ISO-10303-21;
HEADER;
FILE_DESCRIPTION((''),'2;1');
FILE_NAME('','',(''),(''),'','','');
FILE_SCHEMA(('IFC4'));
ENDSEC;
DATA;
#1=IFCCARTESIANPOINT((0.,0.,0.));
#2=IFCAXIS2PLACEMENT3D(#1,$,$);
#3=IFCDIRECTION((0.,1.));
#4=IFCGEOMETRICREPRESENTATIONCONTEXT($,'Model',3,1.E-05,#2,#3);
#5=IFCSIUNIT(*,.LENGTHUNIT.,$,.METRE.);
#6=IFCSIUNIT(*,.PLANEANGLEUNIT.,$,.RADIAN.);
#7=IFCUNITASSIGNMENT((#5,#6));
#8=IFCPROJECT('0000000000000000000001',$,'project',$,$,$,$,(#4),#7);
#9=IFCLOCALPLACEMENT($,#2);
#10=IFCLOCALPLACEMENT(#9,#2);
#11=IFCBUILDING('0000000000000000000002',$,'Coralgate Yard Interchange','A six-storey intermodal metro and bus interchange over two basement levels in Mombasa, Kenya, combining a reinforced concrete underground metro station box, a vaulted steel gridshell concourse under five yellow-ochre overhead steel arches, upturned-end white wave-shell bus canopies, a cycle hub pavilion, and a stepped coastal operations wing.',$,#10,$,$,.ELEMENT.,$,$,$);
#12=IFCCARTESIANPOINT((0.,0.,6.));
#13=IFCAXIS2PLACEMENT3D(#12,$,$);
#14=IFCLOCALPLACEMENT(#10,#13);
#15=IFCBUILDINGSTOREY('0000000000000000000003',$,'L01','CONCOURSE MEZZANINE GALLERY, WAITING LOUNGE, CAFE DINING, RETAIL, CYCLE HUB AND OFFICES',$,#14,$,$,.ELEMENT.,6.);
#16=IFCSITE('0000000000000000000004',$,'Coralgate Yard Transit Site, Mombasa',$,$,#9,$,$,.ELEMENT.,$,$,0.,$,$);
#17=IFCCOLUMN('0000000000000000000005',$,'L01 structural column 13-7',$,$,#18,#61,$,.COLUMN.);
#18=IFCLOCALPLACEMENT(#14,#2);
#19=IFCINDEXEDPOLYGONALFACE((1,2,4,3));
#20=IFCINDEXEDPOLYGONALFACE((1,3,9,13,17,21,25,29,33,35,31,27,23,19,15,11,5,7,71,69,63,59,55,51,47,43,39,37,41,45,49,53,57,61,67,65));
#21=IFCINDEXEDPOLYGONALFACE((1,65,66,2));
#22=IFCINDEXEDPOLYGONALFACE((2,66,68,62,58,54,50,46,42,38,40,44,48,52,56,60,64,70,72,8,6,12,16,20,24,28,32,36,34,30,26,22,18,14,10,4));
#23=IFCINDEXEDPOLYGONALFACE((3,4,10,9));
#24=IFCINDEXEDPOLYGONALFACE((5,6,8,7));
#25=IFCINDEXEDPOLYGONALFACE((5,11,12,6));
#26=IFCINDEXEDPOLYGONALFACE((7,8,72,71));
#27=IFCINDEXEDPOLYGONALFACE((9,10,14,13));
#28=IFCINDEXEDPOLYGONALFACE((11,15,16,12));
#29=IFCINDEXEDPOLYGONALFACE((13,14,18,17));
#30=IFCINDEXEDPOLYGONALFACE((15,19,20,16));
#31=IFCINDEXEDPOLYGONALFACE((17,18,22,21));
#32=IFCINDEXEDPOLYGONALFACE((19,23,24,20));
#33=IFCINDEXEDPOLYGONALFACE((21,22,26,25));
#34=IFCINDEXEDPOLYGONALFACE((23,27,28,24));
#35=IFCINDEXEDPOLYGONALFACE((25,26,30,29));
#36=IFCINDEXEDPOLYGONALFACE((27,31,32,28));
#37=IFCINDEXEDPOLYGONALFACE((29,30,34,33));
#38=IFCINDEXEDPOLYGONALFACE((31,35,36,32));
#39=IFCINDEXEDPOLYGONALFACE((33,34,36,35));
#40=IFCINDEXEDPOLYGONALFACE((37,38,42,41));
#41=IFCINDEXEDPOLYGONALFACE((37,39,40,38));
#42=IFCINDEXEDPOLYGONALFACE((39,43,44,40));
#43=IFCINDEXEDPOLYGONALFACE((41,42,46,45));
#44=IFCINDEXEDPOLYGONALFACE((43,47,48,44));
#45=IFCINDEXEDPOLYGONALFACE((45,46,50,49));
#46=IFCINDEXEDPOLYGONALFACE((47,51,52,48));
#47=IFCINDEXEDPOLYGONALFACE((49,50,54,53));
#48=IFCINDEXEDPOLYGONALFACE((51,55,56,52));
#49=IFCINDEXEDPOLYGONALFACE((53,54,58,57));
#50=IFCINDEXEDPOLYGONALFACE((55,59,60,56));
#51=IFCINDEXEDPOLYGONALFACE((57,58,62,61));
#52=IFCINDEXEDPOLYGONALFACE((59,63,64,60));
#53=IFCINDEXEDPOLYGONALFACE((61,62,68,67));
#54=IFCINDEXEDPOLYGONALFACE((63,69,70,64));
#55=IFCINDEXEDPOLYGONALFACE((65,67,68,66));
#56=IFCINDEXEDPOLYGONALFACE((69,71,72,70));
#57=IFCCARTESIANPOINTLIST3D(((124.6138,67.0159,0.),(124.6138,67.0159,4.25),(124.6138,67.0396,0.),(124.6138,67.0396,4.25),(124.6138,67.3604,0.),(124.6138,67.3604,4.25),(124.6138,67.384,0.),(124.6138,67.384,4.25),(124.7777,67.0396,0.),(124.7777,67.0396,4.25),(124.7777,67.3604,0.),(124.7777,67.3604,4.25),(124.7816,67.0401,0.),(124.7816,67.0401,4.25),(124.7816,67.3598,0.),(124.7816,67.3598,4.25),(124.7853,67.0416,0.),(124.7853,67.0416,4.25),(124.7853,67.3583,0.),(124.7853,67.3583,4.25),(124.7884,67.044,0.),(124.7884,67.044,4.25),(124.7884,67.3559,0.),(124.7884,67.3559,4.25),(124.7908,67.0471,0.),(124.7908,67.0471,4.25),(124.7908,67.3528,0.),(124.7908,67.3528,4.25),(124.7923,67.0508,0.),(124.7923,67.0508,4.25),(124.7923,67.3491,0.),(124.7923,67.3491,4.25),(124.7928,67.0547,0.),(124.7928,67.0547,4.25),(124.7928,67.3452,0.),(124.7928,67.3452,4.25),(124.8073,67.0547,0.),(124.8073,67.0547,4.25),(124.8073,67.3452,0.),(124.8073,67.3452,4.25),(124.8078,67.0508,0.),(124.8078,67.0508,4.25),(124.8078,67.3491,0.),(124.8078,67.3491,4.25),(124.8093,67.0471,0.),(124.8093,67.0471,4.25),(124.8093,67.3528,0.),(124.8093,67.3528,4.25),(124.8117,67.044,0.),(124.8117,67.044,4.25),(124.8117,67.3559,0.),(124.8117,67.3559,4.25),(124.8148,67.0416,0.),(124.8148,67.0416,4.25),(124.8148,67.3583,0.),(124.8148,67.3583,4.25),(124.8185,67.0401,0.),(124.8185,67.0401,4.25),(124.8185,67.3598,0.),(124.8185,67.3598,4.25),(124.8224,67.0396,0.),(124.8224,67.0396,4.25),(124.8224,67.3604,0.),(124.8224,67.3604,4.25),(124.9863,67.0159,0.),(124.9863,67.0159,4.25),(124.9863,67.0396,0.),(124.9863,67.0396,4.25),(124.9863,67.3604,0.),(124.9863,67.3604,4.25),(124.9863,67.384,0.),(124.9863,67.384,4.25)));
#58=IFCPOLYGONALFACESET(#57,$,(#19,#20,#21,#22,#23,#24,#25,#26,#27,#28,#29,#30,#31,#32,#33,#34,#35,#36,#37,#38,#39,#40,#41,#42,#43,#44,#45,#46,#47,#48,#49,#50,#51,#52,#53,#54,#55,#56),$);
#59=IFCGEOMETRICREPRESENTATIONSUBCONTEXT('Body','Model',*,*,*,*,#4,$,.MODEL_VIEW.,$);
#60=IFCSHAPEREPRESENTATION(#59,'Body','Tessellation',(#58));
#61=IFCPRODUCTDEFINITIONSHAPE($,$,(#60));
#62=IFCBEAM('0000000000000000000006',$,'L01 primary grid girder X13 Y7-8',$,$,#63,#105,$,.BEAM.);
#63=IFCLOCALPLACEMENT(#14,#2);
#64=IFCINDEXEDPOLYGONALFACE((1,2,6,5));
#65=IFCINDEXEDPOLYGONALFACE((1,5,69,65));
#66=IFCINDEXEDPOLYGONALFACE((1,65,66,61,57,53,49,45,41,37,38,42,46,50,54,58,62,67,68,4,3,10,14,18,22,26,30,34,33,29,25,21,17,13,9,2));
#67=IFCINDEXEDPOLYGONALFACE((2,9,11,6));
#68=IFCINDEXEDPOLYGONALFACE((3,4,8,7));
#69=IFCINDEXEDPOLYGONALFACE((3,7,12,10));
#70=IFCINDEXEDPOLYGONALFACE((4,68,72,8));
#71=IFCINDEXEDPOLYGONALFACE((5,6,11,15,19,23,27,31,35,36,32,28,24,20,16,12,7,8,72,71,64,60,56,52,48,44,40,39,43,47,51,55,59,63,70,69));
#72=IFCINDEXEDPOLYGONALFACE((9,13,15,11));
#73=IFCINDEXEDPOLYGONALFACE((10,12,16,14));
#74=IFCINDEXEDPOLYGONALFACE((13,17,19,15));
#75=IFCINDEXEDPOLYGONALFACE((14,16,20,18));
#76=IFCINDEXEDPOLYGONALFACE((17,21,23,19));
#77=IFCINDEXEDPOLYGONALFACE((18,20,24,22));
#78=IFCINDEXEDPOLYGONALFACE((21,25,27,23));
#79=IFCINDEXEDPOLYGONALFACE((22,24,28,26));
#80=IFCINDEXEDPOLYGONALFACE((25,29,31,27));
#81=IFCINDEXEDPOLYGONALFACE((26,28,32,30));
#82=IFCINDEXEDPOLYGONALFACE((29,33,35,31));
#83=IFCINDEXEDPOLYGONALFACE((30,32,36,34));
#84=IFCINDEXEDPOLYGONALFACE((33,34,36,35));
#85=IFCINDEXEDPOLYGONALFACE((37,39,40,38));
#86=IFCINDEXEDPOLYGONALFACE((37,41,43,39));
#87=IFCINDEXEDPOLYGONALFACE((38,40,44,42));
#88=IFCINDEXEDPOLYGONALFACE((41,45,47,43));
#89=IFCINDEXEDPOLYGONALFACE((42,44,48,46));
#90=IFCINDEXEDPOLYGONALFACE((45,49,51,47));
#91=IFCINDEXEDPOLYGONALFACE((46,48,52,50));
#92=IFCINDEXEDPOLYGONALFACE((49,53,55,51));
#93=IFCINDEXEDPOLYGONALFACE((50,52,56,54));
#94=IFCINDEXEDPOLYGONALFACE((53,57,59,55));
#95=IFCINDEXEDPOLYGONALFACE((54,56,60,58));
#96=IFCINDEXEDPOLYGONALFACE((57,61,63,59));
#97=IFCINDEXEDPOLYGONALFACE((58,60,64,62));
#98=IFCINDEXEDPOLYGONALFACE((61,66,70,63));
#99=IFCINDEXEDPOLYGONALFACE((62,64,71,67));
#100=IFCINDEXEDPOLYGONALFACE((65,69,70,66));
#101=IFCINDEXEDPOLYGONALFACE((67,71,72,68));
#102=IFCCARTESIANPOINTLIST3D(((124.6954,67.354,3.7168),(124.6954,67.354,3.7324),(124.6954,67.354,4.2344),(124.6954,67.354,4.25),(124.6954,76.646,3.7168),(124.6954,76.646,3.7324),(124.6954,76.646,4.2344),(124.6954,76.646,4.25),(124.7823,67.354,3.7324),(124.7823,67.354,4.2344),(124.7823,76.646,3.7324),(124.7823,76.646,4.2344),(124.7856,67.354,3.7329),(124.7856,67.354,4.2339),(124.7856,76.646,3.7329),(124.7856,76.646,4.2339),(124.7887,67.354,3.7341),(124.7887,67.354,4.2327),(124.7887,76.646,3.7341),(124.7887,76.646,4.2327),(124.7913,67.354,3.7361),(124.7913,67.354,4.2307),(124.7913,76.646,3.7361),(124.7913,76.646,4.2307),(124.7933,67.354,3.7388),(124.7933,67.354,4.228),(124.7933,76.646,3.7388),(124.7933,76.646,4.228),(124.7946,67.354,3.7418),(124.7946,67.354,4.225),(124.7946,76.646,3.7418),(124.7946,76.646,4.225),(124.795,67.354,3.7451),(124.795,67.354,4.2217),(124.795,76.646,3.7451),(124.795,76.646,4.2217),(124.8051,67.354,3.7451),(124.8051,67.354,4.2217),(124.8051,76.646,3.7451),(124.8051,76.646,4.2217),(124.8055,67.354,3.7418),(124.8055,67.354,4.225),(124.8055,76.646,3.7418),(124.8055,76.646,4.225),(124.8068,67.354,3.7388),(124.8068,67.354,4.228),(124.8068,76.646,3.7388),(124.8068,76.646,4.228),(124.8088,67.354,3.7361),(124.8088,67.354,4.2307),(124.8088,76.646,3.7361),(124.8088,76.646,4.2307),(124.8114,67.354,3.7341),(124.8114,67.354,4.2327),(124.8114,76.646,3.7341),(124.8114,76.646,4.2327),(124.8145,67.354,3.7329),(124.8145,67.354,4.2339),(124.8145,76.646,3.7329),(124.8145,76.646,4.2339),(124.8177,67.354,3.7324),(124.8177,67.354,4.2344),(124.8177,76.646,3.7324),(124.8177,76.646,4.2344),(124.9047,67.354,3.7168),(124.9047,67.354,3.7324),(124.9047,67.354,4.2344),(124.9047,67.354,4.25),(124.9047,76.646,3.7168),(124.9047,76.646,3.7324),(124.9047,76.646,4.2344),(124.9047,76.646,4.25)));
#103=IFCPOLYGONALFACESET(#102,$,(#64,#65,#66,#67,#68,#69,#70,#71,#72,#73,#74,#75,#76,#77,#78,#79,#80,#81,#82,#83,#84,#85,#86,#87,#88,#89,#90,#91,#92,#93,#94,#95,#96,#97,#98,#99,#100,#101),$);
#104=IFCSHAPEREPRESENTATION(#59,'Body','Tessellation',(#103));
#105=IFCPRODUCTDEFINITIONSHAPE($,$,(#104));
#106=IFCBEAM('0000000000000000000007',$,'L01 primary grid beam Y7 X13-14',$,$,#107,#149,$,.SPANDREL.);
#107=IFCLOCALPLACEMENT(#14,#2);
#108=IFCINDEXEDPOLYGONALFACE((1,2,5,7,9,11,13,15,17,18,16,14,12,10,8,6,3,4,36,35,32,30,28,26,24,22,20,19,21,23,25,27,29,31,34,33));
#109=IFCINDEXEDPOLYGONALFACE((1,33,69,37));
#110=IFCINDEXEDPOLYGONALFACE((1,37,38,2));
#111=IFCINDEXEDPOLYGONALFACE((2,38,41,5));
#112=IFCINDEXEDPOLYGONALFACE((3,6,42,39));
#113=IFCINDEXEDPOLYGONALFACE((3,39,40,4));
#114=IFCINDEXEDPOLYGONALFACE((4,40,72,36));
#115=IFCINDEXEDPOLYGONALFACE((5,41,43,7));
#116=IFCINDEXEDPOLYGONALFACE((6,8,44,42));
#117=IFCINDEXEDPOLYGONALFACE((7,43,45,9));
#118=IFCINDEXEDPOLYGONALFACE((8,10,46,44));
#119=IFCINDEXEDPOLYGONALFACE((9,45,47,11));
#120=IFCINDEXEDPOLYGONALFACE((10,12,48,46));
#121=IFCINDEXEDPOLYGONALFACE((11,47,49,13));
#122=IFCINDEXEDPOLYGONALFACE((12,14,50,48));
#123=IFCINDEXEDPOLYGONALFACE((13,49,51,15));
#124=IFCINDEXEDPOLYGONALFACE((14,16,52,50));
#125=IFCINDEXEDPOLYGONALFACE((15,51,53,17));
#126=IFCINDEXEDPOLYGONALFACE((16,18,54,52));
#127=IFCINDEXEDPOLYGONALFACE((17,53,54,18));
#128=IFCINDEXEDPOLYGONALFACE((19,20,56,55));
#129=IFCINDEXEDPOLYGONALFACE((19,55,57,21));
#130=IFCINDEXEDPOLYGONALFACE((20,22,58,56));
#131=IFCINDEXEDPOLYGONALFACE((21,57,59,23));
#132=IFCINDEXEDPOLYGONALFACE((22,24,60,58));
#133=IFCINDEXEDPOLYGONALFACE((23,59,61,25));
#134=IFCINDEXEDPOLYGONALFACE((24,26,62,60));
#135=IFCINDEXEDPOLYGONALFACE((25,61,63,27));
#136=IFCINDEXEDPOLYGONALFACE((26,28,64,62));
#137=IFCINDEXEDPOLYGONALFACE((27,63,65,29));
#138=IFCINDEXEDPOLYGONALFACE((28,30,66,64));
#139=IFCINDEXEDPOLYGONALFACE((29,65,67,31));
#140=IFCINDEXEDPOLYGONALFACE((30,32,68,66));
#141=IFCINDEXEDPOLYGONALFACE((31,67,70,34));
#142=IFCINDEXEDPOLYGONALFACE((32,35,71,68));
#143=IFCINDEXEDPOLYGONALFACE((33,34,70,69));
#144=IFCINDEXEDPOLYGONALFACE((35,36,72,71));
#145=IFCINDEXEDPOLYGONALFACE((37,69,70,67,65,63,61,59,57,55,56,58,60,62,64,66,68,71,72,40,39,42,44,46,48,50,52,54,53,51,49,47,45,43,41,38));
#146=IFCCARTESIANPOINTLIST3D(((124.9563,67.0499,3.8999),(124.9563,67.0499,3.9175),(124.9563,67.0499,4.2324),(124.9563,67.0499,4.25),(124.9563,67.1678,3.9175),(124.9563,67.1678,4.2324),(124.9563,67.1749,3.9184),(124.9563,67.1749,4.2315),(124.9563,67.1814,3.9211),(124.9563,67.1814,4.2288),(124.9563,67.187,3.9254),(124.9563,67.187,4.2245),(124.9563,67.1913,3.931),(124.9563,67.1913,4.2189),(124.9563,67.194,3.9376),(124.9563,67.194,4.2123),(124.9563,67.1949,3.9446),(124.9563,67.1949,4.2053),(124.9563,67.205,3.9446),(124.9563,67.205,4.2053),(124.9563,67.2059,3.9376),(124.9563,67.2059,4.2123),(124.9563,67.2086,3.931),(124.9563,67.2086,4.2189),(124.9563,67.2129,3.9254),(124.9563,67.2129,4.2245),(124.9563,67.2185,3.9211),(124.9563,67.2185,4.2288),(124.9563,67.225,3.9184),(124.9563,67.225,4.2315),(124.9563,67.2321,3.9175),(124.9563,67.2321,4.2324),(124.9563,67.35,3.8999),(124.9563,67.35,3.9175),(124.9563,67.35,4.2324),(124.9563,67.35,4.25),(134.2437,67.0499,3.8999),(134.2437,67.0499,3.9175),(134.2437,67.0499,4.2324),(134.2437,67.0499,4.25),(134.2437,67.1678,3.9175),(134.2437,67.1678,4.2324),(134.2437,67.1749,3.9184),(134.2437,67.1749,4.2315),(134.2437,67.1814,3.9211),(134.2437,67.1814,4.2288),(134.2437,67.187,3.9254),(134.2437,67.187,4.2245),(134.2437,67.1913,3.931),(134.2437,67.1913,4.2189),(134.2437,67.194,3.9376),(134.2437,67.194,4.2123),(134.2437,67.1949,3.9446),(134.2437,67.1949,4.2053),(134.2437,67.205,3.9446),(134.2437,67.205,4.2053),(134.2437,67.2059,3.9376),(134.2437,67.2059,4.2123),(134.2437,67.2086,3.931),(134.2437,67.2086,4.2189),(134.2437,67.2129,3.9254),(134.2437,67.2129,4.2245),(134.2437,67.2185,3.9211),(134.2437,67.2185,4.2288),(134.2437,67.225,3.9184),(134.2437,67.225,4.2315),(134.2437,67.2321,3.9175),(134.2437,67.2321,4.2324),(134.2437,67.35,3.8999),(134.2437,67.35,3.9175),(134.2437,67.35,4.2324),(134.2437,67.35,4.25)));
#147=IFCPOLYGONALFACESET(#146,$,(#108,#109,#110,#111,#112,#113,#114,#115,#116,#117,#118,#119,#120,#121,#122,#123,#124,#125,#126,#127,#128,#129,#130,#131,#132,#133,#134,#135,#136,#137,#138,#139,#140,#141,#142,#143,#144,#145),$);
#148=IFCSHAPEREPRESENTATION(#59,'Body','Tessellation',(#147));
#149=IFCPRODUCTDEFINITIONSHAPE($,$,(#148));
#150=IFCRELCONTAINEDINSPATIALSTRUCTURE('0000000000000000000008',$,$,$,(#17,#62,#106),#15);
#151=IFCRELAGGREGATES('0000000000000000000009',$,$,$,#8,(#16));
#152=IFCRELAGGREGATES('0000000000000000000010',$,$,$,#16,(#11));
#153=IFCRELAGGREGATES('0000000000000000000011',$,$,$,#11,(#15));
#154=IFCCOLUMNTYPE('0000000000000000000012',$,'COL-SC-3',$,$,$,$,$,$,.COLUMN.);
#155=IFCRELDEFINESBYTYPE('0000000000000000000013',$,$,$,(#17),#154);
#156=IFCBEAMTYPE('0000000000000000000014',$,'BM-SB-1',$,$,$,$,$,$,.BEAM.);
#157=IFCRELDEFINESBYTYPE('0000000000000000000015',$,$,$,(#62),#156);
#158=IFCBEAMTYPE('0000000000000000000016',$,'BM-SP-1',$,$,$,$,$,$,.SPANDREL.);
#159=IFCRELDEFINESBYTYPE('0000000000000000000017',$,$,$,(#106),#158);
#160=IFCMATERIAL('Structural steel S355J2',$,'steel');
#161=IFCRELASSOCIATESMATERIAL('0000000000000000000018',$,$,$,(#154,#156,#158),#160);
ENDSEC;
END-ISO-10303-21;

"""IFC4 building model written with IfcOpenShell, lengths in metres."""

from ifc_helpers import new_model, si_unit, direction, frame, origin, origin_2d, place, context, subcontext, project, spatial, i_section, extrude, material, material_profile, profile_set, type_object, element, save


model = new_model("IFC4")

# Units and contexts
model_context = context("Model", 3, precision=1e-05, world=origin(), true_north=direction((0.0, 1.0)))
body_context = subcontext(model_context, "Body", "Model", "MODEL_VIEW")
ifc_project = project(units=[si_unit("LENGTHUNIT", "METRE"), si_unit("PLANEANGLEUNIT", "RADIAN")], contexts=[model_context])

# Site, building, storey
site_placement = place(None, origin())
site = spatial("IfcSite", under=ifc_project, at=site_placement, Name="Coralgate Yard Transit Site, Mombasa", CompositionType="ELEMENT", RefElevation=0.0)
building_placement = place(site_placement, origin())
building = spatial("IfcBuilding", under=site, at=building_placement, Name="Coralgate Yard Interchange", Description="A six-storey intermodal metro and bus interchange over two basement levels in Mombasa, Kenya, combining a reinforced concrete underground metro station box, a vaulted steel gridshell concourse under five yellow-ochre overhead steel arches, upturned-end white wave-shell bus canopies, a cycle hub pavilion, and a stepped coastal operations wing.", CompositionType="ELEMENT")
storey_placement = place(building_placement, frame((0.0, 0.0, 6.0)))
storey = spatial("IfcBuildingStorey", under=building, at=storey_placement, Name="L01", Description="CONCOURSE MEZZANINE GALLERY, WAITING LOUNGE, CAFE DINING, RETAIL, CYCLE HUB AND OFFICES", CompositionType="ELEMENT", Elevation=6.0)

# Column
ifc_material_1 = material(Name="Structural steel S355J2", Category="steel")
ifc_material_profile_1 = material_profile(ifc_material_1, i_section(OverallWidth=0.3726, OverallDepth=0.3682, WebThickness=0.0144, FlangeThickness=0.0237, FilletRadius=0.0151, at=origin_2d()), Name="UC 356x368x177")
ifc_profile_set_1 = profile_set([ifc_material_profile_1], Name="Structural steel S355J2")
column_type = type_object("IfcColumnType", Name="COL-SC-3", PredefinedType="COLUMN", material=ifc_profile_set_1)
column_placement = place(storey_placement, frame((124.8, 67.2, 0.0), z_axis=(0.0, 0.0, 1.0), x_axis=(1.0, 0.0, 0.0)))
element("IfcColumn", 1, at=column_placement, inside=storey, type_object=column_type, Name="L01 structural column 13-7", PredefinedType="COLUMN", context=body_context, shape_type="SweptSolid", body=[
    extrude(i_section(OverallWidth=0.3726, OverallDepth=0.3682, WebThickness=0.0144, FlangeThickness=0.0237, FilletRadius=0.0151, at=origin_2d()), origin(), (0.0, 0.0, 1.0), 4.25),
])

# Beams
ifc_material_profile_2 = material_profile(ifc_material_1, i_section(OverallWidth=0.2092, OverallDepth=0.5332, WebThickness=0.01, FlangeThickness=0.0156, FilletRadius=0.0127, at=origin_2d()), Name="UB 533x210x92")
ifc_profile_set_2 = profile_set([ifc_material_profile_2], Name="Structural steel S355J2")
beam_type_1 = type_object("IfcBeamType", Name="BM-SB-1", PredefinedType="BEAM", material=ifc_profile_set_2)
beam_1_placement = place(storey_placement, frame((124.8, 67.354, 3.9834), z_axis=(0.0, 1.0, 0.0), x_axis=(-1.0, 0.0, 0.0)))
element("IfcBeam", 2, at=beam_1_placement, inside=storey, type_object=beam_type_1, Name="L01 primary grid girder X13 Y7-8", PredefinedType="BEAM", context=body_context, shape_type="SweptSolid", body=[
    extrude(i_section(OverallWidth=0.2092, OverallDepth=0.5332, WebThickness=0.01, FlangeThickness=0.0156, FilletRadius=0.0127, at=origin_2d()), origin(), (0.0, 0.0, 1.0), 9.292),
])
ifc_material_profile_3 = material_profile(ifc_material_1, i_section(OverallWidth=0.3, OverallDepth=0.3501, WebThickness=0.01, FlangeThickness=0.0176, FilletRadius=0.0271, at=origin_2d()), Name="HEA 360")
ifc_profile_set_3 = profile_set([ifc_material_profile_3], Name="Structural steel S355J2")
beam_type_2 = type_object("IfcBeamType", Name="BM-SP-1", PredefinedType="SPANDREL", material=ifc_profile_set_3)
beam_2_placement = place(storey_placement, frame((124.9563, 67.2, 4.075), z_axis=(1.0, 0.0, 0.0), x_axis=(0.0, 1.0, 0.0)))
element("IfcBeam", 3, at=beam_2_placement, inside=storey, type_object=beam_type_2, Name="L01 primary grid beam Y7 X13-14", PredefinedType="SPANDREL", context=body_context, shape_type="SweptSolid", body=[
    extrude(i_section(OverallWidth=0.3, OverallDepth=0.3501, WebThickness=0.01, FlangeThickness=0.0176, FilletRadius=0.0271, at=origin_2d()), origin(), (0.0, 0.0, 1.0), 9.2874),
])

save(model, "model.ifc")
